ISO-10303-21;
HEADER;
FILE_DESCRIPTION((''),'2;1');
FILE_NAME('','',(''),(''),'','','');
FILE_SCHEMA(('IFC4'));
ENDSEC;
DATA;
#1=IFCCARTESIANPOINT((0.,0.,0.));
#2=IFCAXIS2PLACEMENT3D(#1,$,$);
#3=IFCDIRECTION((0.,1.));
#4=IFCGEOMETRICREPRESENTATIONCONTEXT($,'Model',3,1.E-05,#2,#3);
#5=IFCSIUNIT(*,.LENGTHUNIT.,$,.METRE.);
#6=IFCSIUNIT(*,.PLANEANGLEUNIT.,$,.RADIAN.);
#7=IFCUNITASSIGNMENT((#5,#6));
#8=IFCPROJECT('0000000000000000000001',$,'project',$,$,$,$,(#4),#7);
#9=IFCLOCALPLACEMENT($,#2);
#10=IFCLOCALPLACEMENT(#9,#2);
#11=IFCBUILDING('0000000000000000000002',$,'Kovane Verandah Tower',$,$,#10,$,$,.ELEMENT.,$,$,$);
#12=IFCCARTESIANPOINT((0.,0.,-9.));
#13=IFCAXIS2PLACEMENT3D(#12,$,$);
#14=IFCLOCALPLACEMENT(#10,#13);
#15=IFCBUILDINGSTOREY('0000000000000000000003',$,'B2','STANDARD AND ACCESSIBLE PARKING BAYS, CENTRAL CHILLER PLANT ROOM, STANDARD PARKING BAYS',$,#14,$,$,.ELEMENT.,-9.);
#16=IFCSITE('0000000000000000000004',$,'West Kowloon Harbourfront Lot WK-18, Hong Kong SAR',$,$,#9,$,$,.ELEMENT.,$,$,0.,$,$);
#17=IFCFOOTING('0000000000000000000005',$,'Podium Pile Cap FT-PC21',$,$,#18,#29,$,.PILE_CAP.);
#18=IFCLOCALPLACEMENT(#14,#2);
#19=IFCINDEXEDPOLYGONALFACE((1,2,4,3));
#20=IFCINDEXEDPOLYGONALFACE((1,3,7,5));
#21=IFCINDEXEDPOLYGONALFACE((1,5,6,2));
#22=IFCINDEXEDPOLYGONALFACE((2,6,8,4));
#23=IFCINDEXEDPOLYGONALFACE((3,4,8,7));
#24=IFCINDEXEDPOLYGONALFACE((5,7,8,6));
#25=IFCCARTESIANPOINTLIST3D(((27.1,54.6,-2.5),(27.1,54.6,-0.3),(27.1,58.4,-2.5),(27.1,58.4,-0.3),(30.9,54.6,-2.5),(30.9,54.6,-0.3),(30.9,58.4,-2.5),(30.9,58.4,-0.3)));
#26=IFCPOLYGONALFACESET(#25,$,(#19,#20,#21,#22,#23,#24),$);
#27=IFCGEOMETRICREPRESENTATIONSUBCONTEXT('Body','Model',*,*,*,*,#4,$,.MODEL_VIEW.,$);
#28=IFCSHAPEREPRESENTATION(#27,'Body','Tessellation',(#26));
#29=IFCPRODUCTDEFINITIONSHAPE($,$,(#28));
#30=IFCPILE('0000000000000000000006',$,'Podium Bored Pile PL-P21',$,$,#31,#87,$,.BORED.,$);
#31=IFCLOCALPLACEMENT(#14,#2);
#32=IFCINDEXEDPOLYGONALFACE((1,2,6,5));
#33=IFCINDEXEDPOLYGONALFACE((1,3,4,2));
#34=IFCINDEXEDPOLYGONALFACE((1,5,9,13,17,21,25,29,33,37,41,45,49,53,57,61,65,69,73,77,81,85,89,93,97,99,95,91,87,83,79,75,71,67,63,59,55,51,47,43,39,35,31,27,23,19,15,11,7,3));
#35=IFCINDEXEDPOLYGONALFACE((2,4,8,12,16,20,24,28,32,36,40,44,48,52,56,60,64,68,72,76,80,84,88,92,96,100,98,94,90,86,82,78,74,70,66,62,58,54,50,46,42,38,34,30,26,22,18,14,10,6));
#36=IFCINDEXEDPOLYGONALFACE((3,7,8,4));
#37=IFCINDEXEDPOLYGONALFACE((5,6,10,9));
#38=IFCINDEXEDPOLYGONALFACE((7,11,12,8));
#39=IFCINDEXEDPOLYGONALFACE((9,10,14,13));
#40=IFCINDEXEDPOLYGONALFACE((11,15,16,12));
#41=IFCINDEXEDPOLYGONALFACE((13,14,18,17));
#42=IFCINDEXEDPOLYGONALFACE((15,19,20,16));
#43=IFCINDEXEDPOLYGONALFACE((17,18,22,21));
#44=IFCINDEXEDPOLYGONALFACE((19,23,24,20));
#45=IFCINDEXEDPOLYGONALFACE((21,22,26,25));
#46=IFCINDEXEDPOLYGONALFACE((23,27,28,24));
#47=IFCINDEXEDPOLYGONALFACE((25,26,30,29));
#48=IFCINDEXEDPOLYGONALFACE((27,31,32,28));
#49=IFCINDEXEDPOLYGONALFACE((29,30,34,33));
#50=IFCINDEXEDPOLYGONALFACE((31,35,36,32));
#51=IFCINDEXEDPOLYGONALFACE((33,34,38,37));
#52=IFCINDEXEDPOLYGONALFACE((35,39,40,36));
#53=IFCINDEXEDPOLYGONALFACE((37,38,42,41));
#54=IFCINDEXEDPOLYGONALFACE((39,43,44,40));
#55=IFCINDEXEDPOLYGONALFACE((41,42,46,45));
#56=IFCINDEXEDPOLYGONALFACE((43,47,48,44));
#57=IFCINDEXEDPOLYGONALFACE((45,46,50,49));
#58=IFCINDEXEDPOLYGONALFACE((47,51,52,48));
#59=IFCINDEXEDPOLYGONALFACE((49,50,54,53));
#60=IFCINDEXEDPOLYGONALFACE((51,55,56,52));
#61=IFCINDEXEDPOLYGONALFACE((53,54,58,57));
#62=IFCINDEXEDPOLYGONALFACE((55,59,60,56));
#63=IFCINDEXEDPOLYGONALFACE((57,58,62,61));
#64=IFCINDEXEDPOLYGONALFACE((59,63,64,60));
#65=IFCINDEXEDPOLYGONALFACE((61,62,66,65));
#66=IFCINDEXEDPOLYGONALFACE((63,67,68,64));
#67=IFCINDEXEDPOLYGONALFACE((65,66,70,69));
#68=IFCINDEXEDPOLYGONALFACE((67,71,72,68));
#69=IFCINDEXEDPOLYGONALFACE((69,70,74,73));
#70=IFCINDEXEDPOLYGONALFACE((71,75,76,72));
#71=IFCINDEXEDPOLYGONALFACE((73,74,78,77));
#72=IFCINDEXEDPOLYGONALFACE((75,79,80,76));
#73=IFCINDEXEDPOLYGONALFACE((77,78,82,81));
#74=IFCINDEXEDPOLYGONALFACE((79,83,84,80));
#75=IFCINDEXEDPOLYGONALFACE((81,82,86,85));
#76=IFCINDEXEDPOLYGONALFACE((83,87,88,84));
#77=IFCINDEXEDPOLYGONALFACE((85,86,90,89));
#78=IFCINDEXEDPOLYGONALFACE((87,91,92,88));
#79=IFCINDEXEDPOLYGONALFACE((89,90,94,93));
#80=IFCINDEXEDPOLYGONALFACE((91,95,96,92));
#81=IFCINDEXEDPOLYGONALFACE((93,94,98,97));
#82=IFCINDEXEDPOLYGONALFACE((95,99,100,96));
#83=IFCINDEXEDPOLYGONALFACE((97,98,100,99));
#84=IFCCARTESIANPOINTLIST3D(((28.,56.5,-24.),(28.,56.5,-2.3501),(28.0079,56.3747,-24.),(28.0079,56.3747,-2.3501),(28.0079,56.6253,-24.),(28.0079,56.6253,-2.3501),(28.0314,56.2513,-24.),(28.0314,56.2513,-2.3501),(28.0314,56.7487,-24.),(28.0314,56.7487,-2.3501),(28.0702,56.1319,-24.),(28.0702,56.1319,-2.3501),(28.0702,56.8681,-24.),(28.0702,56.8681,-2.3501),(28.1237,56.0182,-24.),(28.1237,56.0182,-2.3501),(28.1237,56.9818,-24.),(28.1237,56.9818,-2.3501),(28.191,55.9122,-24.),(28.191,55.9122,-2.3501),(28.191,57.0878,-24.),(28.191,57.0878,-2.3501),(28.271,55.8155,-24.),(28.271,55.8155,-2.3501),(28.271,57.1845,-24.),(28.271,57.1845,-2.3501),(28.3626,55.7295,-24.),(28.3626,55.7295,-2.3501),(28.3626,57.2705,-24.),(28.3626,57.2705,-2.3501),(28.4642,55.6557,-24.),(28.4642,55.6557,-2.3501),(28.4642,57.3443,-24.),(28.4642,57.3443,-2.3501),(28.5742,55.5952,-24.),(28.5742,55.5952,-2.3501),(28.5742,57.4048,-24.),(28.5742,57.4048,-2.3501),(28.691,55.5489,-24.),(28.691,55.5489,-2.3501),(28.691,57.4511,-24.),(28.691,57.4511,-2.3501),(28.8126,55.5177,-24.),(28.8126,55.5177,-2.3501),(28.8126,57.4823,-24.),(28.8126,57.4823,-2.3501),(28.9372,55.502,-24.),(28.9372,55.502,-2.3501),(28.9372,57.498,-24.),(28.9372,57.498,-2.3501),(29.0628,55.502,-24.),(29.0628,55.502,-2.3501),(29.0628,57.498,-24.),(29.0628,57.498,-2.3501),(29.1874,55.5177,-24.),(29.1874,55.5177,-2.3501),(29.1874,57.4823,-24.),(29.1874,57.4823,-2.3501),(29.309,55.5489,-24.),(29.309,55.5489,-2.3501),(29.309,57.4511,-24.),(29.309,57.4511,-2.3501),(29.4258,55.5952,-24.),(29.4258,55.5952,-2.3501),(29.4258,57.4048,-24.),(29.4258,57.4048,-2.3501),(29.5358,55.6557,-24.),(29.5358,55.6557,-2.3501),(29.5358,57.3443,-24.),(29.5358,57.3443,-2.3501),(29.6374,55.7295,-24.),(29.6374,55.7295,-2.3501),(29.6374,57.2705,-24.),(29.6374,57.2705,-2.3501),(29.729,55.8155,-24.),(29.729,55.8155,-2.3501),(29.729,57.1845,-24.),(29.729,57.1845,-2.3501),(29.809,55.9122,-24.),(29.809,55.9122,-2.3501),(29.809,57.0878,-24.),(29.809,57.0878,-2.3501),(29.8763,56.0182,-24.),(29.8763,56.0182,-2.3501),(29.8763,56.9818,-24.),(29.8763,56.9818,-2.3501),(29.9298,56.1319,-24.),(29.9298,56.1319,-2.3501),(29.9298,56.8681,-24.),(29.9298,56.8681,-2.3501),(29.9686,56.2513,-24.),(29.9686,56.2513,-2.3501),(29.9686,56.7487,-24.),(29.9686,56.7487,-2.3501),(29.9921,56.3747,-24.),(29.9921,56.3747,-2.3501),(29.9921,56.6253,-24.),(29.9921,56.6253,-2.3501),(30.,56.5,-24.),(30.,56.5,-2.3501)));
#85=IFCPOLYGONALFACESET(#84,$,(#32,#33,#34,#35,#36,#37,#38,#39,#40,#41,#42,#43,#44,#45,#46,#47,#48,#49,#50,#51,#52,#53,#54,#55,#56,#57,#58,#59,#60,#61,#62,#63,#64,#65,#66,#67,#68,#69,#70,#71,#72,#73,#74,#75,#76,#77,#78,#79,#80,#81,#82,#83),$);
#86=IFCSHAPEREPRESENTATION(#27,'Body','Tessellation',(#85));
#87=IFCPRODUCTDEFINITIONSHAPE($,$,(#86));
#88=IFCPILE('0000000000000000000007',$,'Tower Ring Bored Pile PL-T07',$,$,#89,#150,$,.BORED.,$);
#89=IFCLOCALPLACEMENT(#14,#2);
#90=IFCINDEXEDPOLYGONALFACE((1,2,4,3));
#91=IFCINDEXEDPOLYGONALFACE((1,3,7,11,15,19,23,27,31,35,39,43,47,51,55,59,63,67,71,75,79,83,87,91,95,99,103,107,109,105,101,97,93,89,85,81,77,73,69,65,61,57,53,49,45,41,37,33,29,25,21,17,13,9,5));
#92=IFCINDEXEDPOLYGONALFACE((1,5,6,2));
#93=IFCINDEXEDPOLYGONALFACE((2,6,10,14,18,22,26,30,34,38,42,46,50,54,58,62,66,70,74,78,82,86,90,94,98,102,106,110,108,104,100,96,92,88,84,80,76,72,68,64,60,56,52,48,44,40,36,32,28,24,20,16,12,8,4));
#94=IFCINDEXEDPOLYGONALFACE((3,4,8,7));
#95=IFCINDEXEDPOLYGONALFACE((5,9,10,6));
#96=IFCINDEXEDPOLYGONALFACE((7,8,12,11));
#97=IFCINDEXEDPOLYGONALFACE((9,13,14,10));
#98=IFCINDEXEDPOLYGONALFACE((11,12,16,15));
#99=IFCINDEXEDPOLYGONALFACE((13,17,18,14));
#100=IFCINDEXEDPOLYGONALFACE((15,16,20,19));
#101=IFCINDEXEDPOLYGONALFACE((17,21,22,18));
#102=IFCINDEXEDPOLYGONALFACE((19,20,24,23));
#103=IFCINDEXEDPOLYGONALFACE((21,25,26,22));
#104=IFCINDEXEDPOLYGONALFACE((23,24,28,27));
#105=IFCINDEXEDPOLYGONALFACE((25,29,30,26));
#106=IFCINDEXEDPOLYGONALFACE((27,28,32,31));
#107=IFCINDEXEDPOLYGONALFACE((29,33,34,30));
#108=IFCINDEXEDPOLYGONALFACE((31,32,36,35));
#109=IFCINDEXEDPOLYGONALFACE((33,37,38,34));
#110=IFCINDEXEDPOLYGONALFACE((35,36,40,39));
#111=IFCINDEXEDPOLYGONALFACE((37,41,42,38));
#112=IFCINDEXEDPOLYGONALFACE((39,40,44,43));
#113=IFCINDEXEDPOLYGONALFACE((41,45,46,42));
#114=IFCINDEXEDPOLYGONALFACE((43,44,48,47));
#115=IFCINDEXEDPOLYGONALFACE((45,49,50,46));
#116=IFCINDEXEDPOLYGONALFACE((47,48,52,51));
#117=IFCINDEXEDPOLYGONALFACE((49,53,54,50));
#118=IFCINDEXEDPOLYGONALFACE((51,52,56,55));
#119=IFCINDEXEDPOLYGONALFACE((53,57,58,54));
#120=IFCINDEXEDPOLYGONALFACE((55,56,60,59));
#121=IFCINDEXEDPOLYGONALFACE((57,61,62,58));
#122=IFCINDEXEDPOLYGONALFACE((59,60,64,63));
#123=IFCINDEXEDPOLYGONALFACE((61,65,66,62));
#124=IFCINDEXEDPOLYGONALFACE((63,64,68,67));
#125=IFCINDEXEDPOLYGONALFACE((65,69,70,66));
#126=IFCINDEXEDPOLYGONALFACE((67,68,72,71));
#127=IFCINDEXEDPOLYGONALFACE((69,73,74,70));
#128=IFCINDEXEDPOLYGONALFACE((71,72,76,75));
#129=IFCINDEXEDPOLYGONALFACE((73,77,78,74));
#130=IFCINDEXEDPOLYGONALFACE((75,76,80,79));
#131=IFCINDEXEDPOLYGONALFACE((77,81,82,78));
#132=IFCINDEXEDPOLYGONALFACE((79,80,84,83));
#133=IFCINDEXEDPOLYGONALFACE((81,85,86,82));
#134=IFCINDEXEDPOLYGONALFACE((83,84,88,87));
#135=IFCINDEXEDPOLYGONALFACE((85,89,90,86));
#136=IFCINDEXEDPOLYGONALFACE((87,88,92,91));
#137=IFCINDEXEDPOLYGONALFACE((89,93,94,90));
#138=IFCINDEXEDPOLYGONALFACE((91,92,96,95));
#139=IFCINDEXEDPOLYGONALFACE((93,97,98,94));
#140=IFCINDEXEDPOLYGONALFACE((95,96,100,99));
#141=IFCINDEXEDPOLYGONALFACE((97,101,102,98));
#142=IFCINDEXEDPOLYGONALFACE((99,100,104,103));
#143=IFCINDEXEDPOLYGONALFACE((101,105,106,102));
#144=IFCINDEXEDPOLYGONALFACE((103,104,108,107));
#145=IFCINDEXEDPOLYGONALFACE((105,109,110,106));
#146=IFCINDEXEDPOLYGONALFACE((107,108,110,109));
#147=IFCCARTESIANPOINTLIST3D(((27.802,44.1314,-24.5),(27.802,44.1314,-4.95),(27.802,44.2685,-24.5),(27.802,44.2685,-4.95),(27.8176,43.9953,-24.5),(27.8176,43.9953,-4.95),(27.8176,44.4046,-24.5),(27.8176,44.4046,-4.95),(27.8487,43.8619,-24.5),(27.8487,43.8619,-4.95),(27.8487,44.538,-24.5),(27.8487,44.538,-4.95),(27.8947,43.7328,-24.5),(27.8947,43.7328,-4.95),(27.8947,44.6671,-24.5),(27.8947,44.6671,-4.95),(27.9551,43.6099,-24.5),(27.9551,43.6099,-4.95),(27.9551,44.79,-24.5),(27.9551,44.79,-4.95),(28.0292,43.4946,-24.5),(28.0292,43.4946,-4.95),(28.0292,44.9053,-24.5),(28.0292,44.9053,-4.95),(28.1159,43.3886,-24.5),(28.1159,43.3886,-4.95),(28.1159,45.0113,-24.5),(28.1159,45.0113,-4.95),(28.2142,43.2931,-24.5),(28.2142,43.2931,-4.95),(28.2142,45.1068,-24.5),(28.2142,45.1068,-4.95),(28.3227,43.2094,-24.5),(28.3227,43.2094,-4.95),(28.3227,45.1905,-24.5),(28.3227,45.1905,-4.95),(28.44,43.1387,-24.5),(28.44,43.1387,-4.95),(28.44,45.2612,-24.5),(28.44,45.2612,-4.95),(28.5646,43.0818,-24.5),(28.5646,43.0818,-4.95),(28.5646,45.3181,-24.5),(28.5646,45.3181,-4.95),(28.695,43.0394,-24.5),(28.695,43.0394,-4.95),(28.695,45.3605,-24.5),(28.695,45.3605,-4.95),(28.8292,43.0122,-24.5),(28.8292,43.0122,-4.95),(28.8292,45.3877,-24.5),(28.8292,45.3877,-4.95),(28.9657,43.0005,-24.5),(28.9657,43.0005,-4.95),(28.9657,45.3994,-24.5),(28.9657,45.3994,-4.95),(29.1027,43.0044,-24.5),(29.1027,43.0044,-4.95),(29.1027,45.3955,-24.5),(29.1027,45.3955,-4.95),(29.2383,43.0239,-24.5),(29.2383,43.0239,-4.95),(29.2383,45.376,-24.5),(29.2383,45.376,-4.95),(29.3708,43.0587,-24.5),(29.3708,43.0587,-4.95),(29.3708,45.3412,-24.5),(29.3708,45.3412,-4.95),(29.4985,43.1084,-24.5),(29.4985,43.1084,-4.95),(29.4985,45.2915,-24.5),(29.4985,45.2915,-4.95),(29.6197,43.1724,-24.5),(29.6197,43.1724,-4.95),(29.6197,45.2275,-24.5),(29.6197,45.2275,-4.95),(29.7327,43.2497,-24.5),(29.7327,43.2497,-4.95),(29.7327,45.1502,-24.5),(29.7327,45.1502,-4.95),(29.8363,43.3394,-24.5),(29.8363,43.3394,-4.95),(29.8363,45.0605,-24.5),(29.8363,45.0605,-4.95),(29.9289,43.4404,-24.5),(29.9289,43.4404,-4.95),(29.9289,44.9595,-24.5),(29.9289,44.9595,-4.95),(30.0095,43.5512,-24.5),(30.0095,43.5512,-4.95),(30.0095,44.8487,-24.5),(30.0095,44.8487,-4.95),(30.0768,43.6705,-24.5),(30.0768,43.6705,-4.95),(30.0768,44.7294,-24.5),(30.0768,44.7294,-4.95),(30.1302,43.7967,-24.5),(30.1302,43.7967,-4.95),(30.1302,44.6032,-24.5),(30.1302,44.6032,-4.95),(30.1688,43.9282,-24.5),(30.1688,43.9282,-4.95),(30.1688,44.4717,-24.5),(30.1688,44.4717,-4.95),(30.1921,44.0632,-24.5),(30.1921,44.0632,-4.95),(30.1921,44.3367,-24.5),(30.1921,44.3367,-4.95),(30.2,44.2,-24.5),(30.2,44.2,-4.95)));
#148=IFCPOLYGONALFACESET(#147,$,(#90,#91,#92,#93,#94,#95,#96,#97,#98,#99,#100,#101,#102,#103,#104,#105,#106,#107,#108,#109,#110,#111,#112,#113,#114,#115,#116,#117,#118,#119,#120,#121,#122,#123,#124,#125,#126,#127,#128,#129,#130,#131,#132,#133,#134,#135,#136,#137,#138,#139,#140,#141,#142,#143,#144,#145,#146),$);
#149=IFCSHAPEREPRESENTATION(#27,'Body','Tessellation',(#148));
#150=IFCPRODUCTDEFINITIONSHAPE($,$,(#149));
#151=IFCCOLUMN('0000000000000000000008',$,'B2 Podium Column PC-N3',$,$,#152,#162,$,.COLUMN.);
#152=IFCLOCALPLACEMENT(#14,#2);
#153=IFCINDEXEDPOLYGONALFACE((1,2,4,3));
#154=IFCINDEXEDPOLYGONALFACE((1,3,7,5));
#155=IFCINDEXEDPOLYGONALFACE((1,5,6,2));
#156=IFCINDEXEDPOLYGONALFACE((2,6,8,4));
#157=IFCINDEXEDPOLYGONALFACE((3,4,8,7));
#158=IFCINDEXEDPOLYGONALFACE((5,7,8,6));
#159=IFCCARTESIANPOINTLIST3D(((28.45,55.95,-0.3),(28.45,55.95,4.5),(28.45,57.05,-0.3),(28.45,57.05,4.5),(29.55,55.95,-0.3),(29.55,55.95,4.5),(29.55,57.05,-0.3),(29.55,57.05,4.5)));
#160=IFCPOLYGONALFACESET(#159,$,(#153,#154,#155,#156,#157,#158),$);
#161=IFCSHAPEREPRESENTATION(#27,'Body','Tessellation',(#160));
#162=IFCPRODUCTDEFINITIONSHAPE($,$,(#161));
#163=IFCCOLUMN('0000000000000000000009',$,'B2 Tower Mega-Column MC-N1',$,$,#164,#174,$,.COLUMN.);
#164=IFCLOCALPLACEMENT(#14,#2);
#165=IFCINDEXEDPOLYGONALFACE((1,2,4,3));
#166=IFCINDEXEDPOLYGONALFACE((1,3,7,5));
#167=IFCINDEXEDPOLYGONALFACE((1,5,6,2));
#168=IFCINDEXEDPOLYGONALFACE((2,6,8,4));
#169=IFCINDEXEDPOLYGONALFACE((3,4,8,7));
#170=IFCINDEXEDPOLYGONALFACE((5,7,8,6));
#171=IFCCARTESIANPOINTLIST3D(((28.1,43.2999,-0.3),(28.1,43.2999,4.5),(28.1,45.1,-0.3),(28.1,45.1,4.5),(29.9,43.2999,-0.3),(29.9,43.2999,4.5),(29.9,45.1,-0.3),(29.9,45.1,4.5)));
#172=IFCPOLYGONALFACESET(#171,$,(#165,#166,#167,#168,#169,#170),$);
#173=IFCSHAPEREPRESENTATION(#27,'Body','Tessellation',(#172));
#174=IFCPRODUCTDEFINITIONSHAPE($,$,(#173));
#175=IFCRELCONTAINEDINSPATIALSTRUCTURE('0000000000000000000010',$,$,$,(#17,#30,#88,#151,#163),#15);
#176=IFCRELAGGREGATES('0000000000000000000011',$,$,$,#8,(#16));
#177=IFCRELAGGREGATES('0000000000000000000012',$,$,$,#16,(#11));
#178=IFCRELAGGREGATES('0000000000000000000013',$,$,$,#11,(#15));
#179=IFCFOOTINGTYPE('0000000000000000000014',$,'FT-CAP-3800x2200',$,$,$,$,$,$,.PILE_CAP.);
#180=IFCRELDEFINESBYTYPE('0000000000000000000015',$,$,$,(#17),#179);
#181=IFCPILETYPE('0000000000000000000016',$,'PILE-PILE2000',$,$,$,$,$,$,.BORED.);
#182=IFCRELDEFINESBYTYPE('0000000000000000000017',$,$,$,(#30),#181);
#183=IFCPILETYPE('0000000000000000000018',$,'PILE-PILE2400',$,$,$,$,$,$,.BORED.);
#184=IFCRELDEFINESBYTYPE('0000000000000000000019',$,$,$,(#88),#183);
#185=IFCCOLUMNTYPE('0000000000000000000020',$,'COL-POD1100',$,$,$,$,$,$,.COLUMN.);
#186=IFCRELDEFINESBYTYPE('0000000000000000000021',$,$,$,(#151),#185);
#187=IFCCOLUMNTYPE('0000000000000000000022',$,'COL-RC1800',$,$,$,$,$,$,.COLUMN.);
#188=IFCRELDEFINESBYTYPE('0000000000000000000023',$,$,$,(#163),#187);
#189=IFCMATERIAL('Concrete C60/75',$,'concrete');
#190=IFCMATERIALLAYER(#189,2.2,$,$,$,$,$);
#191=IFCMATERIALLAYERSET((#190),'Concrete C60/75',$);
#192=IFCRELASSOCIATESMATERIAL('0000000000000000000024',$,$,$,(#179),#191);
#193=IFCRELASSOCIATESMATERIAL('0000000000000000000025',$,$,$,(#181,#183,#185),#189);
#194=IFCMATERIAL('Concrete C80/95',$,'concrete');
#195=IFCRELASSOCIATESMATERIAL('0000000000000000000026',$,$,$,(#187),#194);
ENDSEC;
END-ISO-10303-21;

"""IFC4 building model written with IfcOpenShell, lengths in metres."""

from ifc_helpers import new_model, si_unit, direction, frame, origin, origin_2d, place, context, subcontext, project, spatial, rectangle, circle, extrude, material, layer, layer_set, material_profile, profile_set, type_object, element, save


model = new_model("IFC4")

# Units and contexts
model_context = context("Model", 3, precision=1e-05, world=origin(), true_north=direction((0.0, 1.0)))
body_context = subcontext(model_context, "Body", "Model", "MODEL_VIEW")
ifc_project = project(units=[si_unit("LENGTHUNIT", "METRE"), si_unit("PLANEANGLEUNIT", "RADIAN")], contexts=[model_context])

# Site, building, storey
site_placement = place(None, origin())
site = spatial("IfcSite", under=ifc_project, at=site_placement, Name="West Kowloon Harbourfront Lot WK-18, Hong Kong SAR", CompositionType="ELEMENT", RefElevation=0.0)
building_placement = place(site_placement, origin())
building = spatial("IfcBuilding", under=site, at=building_placement, Name="Kovane Verandah Tower", CompositionType="ELEMENT")
storey_placement = place(building_placement, frame((0.0, 0.0, -9.0)))
storey = spatial("IfcBuildingStorey", under=building, at=storey_placement, Name="B2", Description="STANDARD AND ACCESSIBLE PARKING BAYS, CENTRAL CHILLER PLANT ROOM, STANDARD PARKING BAYS", CompositionType="ELEMENT", Elevation=-9.0)

# Footing
ifc_material_1 = material(Name="Concrete C60/75", Category="concrete")
ifc_layer_1 = layer(ifc_material_1, 2.2)
ifc_layer_set_1 = layer_set([ifc_layer_1], Name="Concrete C60/75")
footing_type = type_object("IfcFootingType", Name="FT-CAP-3800x2200", PredefinedType="PILE_CAP", material=ifc_layer_set_1)
footing_placement = place(storey_placement, frame((29.0, 56.5, -2.5), z_axis=(0.0, 0.0, 1.0), x_axis=(1.0, 0.0, 0.0)))
element("IfcFooting", 1, at=footing_placement, inside=storey, type_object=footing_type, Name="Podium Pile Cap FT-PC21", PredefinedType="PILE_CAP", context=body_context, shape_type="SweptSolid", body=[
    extrude(rectangle(XDim=3.8, YDim=3.8, at=origin_2d()), origin(), (0.0, 0.0, 1.0), 2.2),
])

# Piles
ifc_material_profile_1 = material_profile(ifc_material_1, circle(Radius=1.0, at=origin_2d()), Name="PILE2000")
ifc_profile_set_1 = profile_set([ifc_material_profile_1], Name="Concrete C60/75")
pile_type_1 = type_object("IfcPileType", Name="PILE-PILE2000", PredefinedType="BORED", material=ifc_profile_set_1)
pile_1_placement = place(storey_placement, frame((29.0, 56.5, -2.3501), z_axis=(0.0, 0.0, -1.0), x_axis=(1.0, 0.0, 0.0)))
element("IfcPile", 2, at=pile_1_placement, inside=storey, type_object=pile_type_1, Name="Podium Bored Pile PL-P21", PredefinedType="BORED", context=body_context, shape_type="SweptSolid", body=[
    extrude(circle(Radius=1.0, at=origin_2d()), origin(), (0.0, 0.0, 1.0), 21.6499),
])
ifc_material_profile_2 = material_profile(ifc_material_1, circle(Radius=1.2, at=origin_2d()), Name="PILE2400")
ifc_profile_set_2 = profile_set([ifc_material_profile_2], Name="Concrete C60/75")
pile_type_2 = type_object("IfcPileType", Name="PILE-PILE2400", PredefinedType="BORED", material=ifc_profile_set_2)
pile_2_placement = place(storey_placement, frame((29.0, 44.2, -4.95), z_axis=(0.0, 0.0, -1.0), x_axis=(1.0, 0.0, 0.0)))
element("IfcPile", 3, at=pile_2_placement, inside=storey, type_object=pile_type_2, Name="Tower Ring Bored Pile PL-T07", PredefinedType="BORED", context=body_context, shape_type="SweptSolid", body=[
    extrude(circle(Radius=1.2, at=origin_2d()), origin(), (0.0, 0.0, 1.0), 19.55),
])

# Columns
ifc_material_profile_3 = material_profile(ifc_material_1, rectangle(XDim=1.1001, YDim=1.1001, at=origin_2d()), Name="RC1100x1100")
ifc_profile_set_3 = profile_set([ifc_material_profile_3], Name="Concrete C60/75")
column_type_1 = type_object("IfcColumnType", Name="COL-POD1100", PredefinedType="COLUMN", material=ifc_profile_set_3)
column_1_placement = place(storey_placement, frame((29.0, 56.5, -0.3), z_axis=(0.0, 0.0, 1.0), x_axis=(1.0, 0.0, 0.0)))
element("IfcColumn", 4, at=column_1_placement, inside=storey, type_object=column_type_1, Name="B2 Podium Column PC-N3", PredefinedType="COLUMN", context=body_context, shape_type="SweptSolid", body=[
    extrude(rectangle(XDim=1.1001, YDim=1.1001, at=origin_2d()), origin(), (0.0, 0.0, 1.0), 4.8),
])
ifc_material_2 = material(Name="Concrete C80/95", Category="concrete")
ifc_material_profile_4 = material_profile(ifc_material_2, rectangle(XDim=1.8, YDim=1.8, at=origin_2d()), Name="RC1800x1800")
ifc_profile_set_4 = profile_set([ifc_material_profile_4], Name="Concrete C80/95")
column_type_2 = type_object("IfcColumnType", Name="COL-RC1800", PredefinedType="COLUMN", material=ifc_profile_set_4)
column_2_placement = place(storey_placement, frame((29.0, 44.2, -0.3), z_axis=(0.0, 0.0, 1.0), x_axis=(1.0, 0.0, 0.0)))
element("IfcColumn", 5, at=column_2_placement, inside=storey, type_object=column_type_2, Name="B2 Tower Mega-Column MC-N1", PredefinedType="COLUMN", context=body_context, shape_type="SweptSolid", body=[
    extrude(rectangle(XDim=1.8, YDim=1.8, at=origin_2d()), origin(), (0.0, 0.0, 1.0), 4.8),
])

save(model, "model.ifc")
